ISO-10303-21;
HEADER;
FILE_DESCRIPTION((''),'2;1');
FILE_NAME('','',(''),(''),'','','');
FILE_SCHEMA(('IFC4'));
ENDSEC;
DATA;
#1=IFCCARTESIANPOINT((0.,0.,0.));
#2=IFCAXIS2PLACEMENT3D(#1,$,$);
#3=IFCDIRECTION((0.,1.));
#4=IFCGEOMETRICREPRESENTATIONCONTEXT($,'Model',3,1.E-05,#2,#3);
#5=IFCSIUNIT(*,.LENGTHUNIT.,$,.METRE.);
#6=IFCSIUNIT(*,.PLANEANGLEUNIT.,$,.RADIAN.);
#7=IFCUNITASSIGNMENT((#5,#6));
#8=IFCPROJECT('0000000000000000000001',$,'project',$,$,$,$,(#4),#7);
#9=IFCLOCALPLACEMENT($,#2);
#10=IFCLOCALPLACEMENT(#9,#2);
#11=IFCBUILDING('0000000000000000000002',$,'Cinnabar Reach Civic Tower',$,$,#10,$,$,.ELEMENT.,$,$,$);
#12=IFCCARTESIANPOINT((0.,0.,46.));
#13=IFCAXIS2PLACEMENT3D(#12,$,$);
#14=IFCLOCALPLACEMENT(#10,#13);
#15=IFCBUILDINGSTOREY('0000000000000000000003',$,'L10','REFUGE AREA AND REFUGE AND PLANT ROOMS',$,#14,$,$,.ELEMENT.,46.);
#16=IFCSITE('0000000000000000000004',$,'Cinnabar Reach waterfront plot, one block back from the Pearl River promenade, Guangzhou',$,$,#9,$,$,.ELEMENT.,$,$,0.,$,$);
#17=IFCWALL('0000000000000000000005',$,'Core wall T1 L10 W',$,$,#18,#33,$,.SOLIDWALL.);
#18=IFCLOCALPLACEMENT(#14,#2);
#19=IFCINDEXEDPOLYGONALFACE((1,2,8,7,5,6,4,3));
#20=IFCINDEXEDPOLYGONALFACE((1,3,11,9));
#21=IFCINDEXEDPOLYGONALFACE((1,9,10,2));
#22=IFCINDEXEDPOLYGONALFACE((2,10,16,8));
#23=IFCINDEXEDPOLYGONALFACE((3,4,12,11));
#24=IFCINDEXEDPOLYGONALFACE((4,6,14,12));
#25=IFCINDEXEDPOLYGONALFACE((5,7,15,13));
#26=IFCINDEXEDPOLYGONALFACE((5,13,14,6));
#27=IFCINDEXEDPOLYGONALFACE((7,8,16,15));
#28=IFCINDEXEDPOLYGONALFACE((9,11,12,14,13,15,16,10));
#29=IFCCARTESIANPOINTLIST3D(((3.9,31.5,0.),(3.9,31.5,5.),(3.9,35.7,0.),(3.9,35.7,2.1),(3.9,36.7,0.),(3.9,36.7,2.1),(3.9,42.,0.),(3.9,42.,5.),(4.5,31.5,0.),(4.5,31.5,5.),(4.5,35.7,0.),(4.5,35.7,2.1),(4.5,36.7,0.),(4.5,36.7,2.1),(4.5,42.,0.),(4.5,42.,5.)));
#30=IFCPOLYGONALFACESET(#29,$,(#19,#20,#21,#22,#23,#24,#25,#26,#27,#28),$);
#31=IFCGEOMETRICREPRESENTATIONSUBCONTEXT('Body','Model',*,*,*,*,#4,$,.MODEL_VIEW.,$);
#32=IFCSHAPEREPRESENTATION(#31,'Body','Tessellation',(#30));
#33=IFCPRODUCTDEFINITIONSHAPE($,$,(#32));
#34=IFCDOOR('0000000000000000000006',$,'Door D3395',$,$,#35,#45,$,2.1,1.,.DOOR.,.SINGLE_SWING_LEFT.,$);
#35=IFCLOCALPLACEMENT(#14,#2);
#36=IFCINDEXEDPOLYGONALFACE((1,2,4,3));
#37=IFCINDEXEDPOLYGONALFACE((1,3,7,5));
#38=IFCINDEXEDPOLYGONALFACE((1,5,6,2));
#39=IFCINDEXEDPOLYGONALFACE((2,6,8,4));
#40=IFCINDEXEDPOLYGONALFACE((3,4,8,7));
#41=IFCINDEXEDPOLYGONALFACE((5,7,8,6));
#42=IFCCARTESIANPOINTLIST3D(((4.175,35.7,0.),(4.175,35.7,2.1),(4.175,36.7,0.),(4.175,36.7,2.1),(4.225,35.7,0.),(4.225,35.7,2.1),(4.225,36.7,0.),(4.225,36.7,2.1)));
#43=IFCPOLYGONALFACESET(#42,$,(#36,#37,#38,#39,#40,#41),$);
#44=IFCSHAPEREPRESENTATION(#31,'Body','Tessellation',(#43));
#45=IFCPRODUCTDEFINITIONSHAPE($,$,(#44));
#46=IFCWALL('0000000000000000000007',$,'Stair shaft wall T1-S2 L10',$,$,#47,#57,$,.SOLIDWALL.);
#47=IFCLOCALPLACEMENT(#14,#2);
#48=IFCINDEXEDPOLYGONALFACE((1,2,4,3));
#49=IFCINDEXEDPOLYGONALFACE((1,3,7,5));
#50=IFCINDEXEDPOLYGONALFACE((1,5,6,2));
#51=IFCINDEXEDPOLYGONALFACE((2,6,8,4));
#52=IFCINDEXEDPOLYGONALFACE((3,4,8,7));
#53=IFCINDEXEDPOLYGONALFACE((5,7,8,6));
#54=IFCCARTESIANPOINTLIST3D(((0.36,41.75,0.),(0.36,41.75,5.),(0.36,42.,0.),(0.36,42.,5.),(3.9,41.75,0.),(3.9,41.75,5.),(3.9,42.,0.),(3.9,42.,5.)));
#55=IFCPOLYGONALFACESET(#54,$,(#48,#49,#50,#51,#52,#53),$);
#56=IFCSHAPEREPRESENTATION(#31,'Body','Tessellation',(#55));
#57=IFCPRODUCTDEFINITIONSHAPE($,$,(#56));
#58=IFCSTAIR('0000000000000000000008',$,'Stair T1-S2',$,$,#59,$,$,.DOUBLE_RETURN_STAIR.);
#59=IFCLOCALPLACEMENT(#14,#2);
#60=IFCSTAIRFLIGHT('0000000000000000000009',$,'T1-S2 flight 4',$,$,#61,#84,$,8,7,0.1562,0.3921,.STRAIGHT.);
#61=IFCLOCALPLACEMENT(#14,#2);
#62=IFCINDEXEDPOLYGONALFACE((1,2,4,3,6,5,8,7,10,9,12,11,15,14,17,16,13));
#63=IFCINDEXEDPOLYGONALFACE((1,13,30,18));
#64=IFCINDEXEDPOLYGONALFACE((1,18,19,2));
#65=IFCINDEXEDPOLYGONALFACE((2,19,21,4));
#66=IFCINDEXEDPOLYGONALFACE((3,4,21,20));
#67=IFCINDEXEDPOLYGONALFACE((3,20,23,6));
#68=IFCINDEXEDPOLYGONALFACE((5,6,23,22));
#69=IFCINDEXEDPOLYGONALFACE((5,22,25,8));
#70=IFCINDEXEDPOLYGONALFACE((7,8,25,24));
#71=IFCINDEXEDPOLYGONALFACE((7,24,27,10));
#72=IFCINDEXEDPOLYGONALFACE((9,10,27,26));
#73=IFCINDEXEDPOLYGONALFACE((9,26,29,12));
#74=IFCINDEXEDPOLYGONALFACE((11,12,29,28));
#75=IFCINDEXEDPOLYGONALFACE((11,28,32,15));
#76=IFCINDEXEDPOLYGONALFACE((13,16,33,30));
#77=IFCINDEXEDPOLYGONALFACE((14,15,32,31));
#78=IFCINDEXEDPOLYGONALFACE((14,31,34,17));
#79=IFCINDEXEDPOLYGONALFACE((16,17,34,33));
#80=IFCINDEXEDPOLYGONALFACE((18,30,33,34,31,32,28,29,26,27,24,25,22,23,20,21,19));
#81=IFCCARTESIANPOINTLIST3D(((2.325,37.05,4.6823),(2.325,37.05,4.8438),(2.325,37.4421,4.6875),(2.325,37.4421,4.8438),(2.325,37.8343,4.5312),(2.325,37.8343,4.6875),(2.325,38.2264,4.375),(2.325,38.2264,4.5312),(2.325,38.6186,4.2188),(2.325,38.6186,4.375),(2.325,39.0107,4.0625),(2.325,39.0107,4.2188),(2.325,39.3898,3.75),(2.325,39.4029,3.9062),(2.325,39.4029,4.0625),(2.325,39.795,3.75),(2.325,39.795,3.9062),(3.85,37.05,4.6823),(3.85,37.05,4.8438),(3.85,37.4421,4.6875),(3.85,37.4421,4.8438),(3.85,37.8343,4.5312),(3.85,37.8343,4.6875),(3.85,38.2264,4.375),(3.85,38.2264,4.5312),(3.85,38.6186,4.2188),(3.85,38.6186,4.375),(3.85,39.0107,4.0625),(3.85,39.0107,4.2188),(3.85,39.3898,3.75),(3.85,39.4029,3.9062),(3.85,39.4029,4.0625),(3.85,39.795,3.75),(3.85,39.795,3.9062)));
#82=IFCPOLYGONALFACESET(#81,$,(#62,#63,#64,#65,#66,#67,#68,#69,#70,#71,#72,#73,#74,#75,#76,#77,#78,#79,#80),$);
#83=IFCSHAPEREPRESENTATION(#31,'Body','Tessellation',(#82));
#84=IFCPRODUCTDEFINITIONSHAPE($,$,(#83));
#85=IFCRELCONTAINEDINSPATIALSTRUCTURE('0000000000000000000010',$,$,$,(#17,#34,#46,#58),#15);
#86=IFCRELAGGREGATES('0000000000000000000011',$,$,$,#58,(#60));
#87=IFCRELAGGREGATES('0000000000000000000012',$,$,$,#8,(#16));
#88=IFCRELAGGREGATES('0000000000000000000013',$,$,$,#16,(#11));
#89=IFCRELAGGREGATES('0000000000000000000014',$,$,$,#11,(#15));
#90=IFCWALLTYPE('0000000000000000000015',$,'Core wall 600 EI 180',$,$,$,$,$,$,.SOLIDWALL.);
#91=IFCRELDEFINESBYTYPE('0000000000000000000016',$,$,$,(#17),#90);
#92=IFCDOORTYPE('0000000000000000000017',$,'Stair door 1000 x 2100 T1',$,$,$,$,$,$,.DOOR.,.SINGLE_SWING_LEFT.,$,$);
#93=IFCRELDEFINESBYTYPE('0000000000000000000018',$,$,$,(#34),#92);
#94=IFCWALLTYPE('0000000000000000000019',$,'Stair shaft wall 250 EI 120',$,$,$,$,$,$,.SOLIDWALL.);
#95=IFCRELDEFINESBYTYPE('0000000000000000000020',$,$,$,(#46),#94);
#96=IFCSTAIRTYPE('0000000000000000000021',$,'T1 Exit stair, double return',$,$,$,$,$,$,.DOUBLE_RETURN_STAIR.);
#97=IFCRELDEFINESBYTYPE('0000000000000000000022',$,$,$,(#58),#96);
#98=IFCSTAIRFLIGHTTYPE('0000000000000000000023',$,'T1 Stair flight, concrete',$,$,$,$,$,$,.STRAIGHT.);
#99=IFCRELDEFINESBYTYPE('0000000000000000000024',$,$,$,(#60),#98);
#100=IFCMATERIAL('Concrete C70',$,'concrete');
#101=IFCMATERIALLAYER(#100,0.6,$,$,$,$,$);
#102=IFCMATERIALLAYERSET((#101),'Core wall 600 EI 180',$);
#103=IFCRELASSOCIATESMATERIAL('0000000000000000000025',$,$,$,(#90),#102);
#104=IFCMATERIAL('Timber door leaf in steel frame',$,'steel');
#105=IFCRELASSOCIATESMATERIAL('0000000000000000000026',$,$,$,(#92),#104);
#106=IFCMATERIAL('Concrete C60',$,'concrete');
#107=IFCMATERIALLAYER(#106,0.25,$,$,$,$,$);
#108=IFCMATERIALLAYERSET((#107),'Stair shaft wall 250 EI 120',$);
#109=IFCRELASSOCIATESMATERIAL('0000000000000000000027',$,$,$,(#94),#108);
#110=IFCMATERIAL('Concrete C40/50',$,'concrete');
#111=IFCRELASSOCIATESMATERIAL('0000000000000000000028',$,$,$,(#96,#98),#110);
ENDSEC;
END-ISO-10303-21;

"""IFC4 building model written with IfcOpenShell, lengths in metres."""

from ifc_helpers import new_model, si_unit, direction, frame, frame_2d, origin, place, context, subcontext, project, spatial, polyline, rectangle, outline, extrude, material, layer, layer_set, type_object, element, fill, aggregate, save


model = new_model("IFC4")

# Units and contexts
model_context = context("Model", 3, precision=1e-05, world=origin(), true_north=direction((0.0, 1.0)))
body_context = subcontext(model_context, "Body", "Model", "MODEL_VIEW")
ifc_project = project(units=[si_unit("LENGTHUNIT", "METRE"), si_unit("PLANEANGLEUNIT", "RADIAN")], contexts=[model_context])

# Site, building, storey
site_placement = place(None, origin())
site = spatial("IfcSite", under=ifc_project, at=site_placement, Name="Cinnabar Reach waterfront plot, one block back from the Pearl River promenade, Guangzhou", CompositionType="ELEMENT", RefElevation=0.0)
building_placement = place(site_placement, origin())
building = spatial("IfcBuilding", under=site, at=building_placement, Name="Cinnabar Reach Civic Tower", CompositionType="ELEMENT")
storey_placement = place(building_placement, frame((0.0, 0.0, 46.0)))
storey = spatial("IfcBuildingStorey", under=building, at=storey_placement, Name="L10", Description="REFUGE AREA AND REFUGE AND PLANT ROOMS", CompositionType="ELEMENT", Elevation=46.0)

# Shared definitions
ifc_material_1 = material(Name="Concrete C70", Category="concrete")

# Wall, opening, door
ifc_layer_1 = layer(ifc_material_1, 0.6)
ifc_layer_set_1 = layer_set([ifc_layer_1], Name="Core wall 600 EI 180")
wall_type_1 = type_object("IfcWallType", Name="Core wall 600 EI 180", PredefinedType="SOLIDWALL", material=ifc_layer_set_1)
wall_1_placement = place(storey_placement, frame((4.2, 42.0, 0.0), z_axis=(0.0, 0.0, 1.0), x_axis=(0.0, -1.0, 0.0)))
wall_1 = element("IfcWall", 1, at=wall_1_placement, inside=storey, type_object=wall_type_1, Name="Core wall T1 L10 W", PredefinedType="SOLIDWALL", context=body_context, shape_type="SweptSolid", body=[
    extrude(rectangle(XDim=10.5, YDim=0.6, at=frame_2d((5.25, 0.0))), origin(), (0.0, 0.0, 1.0), 5.0),
])
opening_placement = place(wall_1_placement, frame((5.3, 0.0, 0.0)))
opening = element("IfcOpeningElement", 2, at=opening_placement, cuts=wall_1, PredefinedType="OPENING", context=body_context, shape_type="SweptSolid", body=[
    extrude(rectangle(XDim=1.0, YDim=2.1, at=frame_2d((0.5, 1.05))), frame((0.0, 0.31, 0.0), z_axis=(0.0, -1.0, 0.0), x_axis=(1.0, 0.0, 0.0)), (0.0, 0.0, 1.0), 0.62),
])
ifc_material_2 = material(Name="Timber door leaf in steel frame", Category="steel")
door_type = type_object("IfcDoorType", Name="Stair door 1000 x 2100 T1", OperationType="SINGLE_SWING_LEFT", PredefinedType="DOOR", material=ifc_material_2)
door_placement = place(opening_placement, frame((1.0, 0.0, 0.0), z_axis=(0.0, 0.0, 1.0), x_axis=(-1.0, 0.0, 0.0)))
door = element("IfcDoor", 3, at=door_placement, inside=storey, type_object=door_type, Name="Door D3395", OperationType="SINGLE_SWING_LEFT", OverallHeight=2.1, OverallWidth=1.0, PredefinedType="DOOR", context=body_context, shape_type="SweptSolid", body=[
    extrude(rectangle(XDim=1.0, YDim=2.1, at=frame_2d((0.5, 1.05))), frame((0.0, 0.025, 0.0), z_axis=(0.0, -1.0, 0.0), x_axis=(1.0, 0.0, 0.0)), (0.0, 0.0, 1.0), 0.05),
])
fill(opening, door)

# Wall
ifc_material_3 = material(Name="Concrete C60", Category="concrete")
ifc_layer_2 = layer(ifc_material_3, 0.25)
ifc_layer_set_2 = layer_set([ifc_layer_2], Name="Stair shaft wall 250 EI 120")
wall_type_2 = type_object("IfcWallType", Name="Stair shaft wall 250 EI 120", PredefinedType="SOLIDWALL", material=ifc_layer_set_2)
wall_2_placement = place(storey_placement, frame((3.9, 41.875, 0.0), z_axis=(0.0, 0.0, 1.0), x_axis=(-1.0, 0.0, 0.0)))
element("IfcWall", 4, at=wall_2_placement, inside=storey, type_object=wall_type_2, Name="Stair shaft wall T1-S2 L10", PredefinedType="SOLIDWALL", context=body_context, shape_type="SweptSolid", body=[
    extrude(rectangle(XDim=3.54, YDim=0.25, at=frame_2d((1.77, 0.0))), origin(), (0.0, 0.0, 1.0), 5.0),
])

# Stair, stair flight
ifc_material_4 = material(Name="Concrete C40/50", Category="concrete")
stair_type = type_object("IfcStairType", Name="T1 Exit stair, double return", PredefinedType="DOUBLE_RETURN_STAIR", material=ifc_material_4)
stair_placement = place(storey_placement, origin())
stair = element("IfcStair", 5, at=stair_placement, inside=storey, type_object=stair_type, Name="Stair T1-S2", PredefinedType="DOUBLE_RETURN_STAIR")
stair_flight_type = type_object("IfcStairFlightType", Name="T1 Stair flight, concrete", PredefinedType="STRAIGHT", material=ifc_material_4)
stair_flight_placement = place(storey_placement, frame((3.0875, 39.795, 3.75), z_axis=(0.0, 0.0, 1.0), x_axis=(0.0, -1.0, 0.0)))
stair_flight = element("IfcStairFlight", 6, at=stair_flight_placement, type_object=stair_flight_type, Name="T1-S2 flight 4", NumberOfRisers=8, NumberOfTreads=7, PredefinedType="STRAIGHT", RiserHeight=0.1562, TreadLength=0.3921, context=body_context, shape_type="SweptSolid", body=[
    extrude(outline(polyline([(0.0, 0.0), (0.0, 0.1562), (0.3921, 0.1562), (0.3921, 0.3125), (0.7843, 0.3125), (0.7843, 0.4688), (1.1764, 0.4688), (1.1764, 0.625), (1.5686, 0.625), (1.5686, 0.7812), (1.9607, 0.7812), (1.9607, 0.9375), (2.3529, 0.9375), (2.3529, 1.0938), (2.745, 1.0938), (2.745, 1.25), (2.745, 0.9323), (0.4052, 0.0), (0.0, 0.0)])), frame((0.0, 0.7625, 0.0), z_axis=(0.0, -1.0, 0.0), x_axis=(1.0, 0.0, 0.0)), (0.0, 0.0, 1.0), 1.525),
])
aggregate(stair, [stair_flight])

save(model, "model.ifc")
